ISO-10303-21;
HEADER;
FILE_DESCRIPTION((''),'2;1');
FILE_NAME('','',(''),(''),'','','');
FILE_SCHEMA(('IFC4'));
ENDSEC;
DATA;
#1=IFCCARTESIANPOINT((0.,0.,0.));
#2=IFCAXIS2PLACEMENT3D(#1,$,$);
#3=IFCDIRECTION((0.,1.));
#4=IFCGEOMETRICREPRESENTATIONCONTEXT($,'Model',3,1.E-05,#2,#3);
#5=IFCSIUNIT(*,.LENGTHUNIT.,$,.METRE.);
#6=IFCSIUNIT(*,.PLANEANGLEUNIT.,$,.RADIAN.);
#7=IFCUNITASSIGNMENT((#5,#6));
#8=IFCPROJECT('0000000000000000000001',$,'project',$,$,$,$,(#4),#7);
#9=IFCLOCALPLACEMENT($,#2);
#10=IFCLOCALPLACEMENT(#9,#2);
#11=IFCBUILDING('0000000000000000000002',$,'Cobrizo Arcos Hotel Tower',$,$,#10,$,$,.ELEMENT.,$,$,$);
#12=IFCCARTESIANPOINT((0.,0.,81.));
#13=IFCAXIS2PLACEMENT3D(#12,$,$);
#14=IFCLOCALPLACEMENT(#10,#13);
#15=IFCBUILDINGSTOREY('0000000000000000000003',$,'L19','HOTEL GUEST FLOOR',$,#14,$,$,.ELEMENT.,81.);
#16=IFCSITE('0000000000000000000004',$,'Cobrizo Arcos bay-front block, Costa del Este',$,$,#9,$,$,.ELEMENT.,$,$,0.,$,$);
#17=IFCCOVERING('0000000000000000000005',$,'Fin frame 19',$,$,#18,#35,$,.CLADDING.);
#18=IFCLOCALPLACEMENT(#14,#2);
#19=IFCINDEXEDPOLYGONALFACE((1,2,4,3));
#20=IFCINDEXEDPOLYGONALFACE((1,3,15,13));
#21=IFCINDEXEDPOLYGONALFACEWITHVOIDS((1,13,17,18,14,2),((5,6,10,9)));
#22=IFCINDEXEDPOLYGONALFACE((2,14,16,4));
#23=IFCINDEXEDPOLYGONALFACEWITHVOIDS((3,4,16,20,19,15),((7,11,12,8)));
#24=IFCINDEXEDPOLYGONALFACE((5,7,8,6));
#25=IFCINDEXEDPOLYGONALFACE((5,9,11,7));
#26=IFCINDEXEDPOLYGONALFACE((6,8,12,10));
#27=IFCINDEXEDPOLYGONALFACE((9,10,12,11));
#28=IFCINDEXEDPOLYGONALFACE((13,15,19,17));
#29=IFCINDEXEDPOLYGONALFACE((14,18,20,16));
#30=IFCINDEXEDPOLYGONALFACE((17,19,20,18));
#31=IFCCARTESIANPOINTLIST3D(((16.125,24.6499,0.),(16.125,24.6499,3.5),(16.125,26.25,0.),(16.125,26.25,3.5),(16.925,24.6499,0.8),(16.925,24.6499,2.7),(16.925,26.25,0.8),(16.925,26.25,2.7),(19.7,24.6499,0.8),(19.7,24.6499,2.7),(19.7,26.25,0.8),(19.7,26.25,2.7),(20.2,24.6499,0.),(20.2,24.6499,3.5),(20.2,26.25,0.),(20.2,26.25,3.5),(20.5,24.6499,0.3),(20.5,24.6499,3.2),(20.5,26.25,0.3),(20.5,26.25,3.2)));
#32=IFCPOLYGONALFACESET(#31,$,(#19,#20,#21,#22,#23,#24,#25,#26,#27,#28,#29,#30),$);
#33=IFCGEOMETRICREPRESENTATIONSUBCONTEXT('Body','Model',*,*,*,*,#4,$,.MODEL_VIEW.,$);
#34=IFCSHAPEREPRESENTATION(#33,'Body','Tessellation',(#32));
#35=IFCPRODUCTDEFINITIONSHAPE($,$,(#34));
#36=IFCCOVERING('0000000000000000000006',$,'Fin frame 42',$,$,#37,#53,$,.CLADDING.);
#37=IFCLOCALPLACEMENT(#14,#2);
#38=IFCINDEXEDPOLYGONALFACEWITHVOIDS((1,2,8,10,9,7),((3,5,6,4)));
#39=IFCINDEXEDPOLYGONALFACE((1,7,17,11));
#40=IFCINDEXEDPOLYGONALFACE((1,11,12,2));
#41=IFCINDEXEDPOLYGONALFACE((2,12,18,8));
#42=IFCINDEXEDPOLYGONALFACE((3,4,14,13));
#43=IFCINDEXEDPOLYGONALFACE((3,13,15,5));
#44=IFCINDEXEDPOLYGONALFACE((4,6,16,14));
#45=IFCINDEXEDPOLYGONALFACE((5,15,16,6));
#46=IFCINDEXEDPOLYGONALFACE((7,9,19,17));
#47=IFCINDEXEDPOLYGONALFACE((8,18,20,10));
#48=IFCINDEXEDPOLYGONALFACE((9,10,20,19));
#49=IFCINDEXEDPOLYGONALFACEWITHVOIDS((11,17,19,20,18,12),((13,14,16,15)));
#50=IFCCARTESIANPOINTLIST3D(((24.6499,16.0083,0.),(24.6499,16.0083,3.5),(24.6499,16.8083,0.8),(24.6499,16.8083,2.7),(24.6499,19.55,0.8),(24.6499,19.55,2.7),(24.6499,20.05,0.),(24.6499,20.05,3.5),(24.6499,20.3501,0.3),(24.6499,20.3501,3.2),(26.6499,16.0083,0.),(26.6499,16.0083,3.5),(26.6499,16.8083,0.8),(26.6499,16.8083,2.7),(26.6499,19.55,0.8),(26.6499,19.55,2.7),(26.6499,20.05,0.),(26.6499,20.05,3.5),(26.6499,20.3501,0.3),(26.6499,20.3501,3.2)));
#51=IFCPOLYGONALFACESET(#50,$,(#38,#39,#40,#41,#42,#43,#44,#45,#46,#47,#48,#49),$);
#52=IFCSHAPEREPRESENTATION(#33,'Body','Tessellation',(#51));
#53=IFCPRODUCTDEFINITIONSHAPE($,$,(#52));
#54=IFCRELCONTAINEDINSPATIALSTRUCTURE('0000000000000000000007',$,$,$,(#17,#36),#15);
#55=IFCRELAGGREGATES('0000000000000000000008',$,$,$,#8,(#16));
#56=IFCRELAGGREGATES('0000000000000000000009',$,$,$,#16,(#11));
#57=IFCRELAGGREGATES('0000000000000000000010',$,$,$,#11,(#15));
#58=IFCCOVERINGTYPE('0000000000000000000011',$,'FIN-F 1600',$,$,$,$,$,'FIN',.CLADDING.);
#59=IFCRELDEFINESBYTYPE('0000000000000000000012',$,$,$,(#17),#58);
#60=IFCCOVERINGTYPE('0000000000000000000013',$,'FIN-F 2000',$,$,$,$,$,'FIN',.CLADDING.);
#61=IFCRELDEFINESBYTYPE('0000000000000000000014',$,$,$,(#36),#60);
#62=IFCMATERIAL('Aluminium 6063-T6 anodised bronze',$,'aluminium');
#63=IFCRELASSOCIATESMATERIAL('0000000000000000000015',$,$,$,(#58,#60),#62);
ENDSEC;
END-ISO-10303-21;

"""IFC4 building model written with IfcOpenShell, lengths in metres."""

from ifc_helpers import new_model, si_unit, direction, frame, origin, place, context, subcontext, project, spatial, polyline, outline, extrude, material, type_object, element, save


model = new_model("IFC4")

# Units and contexts
model_context = context("Model", 3, precision=1e-05, world=origin(), true_north=direction((0.0, 1.0)))
body_context = subcontext(model_context, "Body", "Model", "MODEL_VIEW")
ifc_project = project(units=[si_unit("LENGTHUNIT", "METRE"), si_unit("PLANEANGLEUNIT", "RADIAN")], contexts=[model_context])

# Site, building, storey
site_placement = place(None, origin())
site = spatial("IfcSite", under=ifc_project, at=site_placement, Name="Cobrizo Arcos bay-front block, Costa del Este", CompositionType="ELEMENT", RefElevation=0.0)
building_placement = place(site_placement, origin())
building = spatial("IfcBuilding", under=site, at=building_placement, Name="Cobrizo Arcos Hotel Tower", CompositionType="ELEMENT")
storey_placement = place(building_placement, frame((0.0, 0.0, 81.0)))
storey = spatial("IfcBuildingStorey", under=building, at=storey_placement, Name="L19", Description="HOTEL GUEST FLOOR", CompositionType="ELEMENT", Elevation=81.0)

# Shared definitions
ifc_material_1 = material(Name="Aluminium 6063-T6 anodised bronze", Category="aluminium")

# Coverings
covering_type_1 = type_object("IfcCoveringType", Name="FIN-F 1600", ElementType="FIN", PredefinedType="CLADDING", material=ifc_material_1)
covering_1_placement = place(storey_placement, frame((20.5, 24.6499, 0.0), z_axis=(0.0, 1.0, 0.0), x_axis=(-1.0, 0.0, 0.0)))
element("IfcCovering", 1, at=covering_1_placement, inside=storey, type_object=covering_type_1, Name="Fin frame 19", PredefinedType="CLADDING", context=body_context, shape_type="SweptSolid", body=[
    extrude(outline(polyline([(0.0, 0.3), (0.3, 0.0), (4.375, 0.0), (4.375, 3.5), (0.3, 3.5), (0.0, 3.2), (0.0, 0.3)]), holes=[polyline([(3.575, 0.8), (0.8, 0.8), (0.8, 2.7), (3.575, 2.7), (3.575, 0.8)])]), origin(), (0.0, 0.0, 1.0), 1.6001),
])
covering_type_2 = type_object("IfcCoveringType", Name="FIN-F 2000", ElementType="FIN", PredefinedType="CLADDING", material=ifc_material_1)
covering_2_placement = place(storey_placement, frame((24.6499, 16.0083, 0.0), z_axis=(1.0, 0.0, 0.0), x_axis=(0.0, 1.0, 0.0)))
element("IfcCovering", 2, at=covering_2_placement, inside=storey, type_object=covering_type_2, Name="Fin frame 42", PredefinedType="CLADDING", context=body_context, shape_type="SweptSolid", body=[
    extrude(outline(polyline([(0.0, 3.5), (0.0, 0.0), (4.0417, 0.0), (4.3418, 0.3), (4.3418, 3.2), (4.0417, 3.5), (0.0, 3.5)]), holes=[polyline([(3.5417, 0.8), (0.8, 0.8), (0.8, 2.7), (3.5417, 2.7), (3.5417, 0.8)])]), origin(), (0.0, 0.0, 1.0), 2.0),
])

save(model, "model.ifc")
